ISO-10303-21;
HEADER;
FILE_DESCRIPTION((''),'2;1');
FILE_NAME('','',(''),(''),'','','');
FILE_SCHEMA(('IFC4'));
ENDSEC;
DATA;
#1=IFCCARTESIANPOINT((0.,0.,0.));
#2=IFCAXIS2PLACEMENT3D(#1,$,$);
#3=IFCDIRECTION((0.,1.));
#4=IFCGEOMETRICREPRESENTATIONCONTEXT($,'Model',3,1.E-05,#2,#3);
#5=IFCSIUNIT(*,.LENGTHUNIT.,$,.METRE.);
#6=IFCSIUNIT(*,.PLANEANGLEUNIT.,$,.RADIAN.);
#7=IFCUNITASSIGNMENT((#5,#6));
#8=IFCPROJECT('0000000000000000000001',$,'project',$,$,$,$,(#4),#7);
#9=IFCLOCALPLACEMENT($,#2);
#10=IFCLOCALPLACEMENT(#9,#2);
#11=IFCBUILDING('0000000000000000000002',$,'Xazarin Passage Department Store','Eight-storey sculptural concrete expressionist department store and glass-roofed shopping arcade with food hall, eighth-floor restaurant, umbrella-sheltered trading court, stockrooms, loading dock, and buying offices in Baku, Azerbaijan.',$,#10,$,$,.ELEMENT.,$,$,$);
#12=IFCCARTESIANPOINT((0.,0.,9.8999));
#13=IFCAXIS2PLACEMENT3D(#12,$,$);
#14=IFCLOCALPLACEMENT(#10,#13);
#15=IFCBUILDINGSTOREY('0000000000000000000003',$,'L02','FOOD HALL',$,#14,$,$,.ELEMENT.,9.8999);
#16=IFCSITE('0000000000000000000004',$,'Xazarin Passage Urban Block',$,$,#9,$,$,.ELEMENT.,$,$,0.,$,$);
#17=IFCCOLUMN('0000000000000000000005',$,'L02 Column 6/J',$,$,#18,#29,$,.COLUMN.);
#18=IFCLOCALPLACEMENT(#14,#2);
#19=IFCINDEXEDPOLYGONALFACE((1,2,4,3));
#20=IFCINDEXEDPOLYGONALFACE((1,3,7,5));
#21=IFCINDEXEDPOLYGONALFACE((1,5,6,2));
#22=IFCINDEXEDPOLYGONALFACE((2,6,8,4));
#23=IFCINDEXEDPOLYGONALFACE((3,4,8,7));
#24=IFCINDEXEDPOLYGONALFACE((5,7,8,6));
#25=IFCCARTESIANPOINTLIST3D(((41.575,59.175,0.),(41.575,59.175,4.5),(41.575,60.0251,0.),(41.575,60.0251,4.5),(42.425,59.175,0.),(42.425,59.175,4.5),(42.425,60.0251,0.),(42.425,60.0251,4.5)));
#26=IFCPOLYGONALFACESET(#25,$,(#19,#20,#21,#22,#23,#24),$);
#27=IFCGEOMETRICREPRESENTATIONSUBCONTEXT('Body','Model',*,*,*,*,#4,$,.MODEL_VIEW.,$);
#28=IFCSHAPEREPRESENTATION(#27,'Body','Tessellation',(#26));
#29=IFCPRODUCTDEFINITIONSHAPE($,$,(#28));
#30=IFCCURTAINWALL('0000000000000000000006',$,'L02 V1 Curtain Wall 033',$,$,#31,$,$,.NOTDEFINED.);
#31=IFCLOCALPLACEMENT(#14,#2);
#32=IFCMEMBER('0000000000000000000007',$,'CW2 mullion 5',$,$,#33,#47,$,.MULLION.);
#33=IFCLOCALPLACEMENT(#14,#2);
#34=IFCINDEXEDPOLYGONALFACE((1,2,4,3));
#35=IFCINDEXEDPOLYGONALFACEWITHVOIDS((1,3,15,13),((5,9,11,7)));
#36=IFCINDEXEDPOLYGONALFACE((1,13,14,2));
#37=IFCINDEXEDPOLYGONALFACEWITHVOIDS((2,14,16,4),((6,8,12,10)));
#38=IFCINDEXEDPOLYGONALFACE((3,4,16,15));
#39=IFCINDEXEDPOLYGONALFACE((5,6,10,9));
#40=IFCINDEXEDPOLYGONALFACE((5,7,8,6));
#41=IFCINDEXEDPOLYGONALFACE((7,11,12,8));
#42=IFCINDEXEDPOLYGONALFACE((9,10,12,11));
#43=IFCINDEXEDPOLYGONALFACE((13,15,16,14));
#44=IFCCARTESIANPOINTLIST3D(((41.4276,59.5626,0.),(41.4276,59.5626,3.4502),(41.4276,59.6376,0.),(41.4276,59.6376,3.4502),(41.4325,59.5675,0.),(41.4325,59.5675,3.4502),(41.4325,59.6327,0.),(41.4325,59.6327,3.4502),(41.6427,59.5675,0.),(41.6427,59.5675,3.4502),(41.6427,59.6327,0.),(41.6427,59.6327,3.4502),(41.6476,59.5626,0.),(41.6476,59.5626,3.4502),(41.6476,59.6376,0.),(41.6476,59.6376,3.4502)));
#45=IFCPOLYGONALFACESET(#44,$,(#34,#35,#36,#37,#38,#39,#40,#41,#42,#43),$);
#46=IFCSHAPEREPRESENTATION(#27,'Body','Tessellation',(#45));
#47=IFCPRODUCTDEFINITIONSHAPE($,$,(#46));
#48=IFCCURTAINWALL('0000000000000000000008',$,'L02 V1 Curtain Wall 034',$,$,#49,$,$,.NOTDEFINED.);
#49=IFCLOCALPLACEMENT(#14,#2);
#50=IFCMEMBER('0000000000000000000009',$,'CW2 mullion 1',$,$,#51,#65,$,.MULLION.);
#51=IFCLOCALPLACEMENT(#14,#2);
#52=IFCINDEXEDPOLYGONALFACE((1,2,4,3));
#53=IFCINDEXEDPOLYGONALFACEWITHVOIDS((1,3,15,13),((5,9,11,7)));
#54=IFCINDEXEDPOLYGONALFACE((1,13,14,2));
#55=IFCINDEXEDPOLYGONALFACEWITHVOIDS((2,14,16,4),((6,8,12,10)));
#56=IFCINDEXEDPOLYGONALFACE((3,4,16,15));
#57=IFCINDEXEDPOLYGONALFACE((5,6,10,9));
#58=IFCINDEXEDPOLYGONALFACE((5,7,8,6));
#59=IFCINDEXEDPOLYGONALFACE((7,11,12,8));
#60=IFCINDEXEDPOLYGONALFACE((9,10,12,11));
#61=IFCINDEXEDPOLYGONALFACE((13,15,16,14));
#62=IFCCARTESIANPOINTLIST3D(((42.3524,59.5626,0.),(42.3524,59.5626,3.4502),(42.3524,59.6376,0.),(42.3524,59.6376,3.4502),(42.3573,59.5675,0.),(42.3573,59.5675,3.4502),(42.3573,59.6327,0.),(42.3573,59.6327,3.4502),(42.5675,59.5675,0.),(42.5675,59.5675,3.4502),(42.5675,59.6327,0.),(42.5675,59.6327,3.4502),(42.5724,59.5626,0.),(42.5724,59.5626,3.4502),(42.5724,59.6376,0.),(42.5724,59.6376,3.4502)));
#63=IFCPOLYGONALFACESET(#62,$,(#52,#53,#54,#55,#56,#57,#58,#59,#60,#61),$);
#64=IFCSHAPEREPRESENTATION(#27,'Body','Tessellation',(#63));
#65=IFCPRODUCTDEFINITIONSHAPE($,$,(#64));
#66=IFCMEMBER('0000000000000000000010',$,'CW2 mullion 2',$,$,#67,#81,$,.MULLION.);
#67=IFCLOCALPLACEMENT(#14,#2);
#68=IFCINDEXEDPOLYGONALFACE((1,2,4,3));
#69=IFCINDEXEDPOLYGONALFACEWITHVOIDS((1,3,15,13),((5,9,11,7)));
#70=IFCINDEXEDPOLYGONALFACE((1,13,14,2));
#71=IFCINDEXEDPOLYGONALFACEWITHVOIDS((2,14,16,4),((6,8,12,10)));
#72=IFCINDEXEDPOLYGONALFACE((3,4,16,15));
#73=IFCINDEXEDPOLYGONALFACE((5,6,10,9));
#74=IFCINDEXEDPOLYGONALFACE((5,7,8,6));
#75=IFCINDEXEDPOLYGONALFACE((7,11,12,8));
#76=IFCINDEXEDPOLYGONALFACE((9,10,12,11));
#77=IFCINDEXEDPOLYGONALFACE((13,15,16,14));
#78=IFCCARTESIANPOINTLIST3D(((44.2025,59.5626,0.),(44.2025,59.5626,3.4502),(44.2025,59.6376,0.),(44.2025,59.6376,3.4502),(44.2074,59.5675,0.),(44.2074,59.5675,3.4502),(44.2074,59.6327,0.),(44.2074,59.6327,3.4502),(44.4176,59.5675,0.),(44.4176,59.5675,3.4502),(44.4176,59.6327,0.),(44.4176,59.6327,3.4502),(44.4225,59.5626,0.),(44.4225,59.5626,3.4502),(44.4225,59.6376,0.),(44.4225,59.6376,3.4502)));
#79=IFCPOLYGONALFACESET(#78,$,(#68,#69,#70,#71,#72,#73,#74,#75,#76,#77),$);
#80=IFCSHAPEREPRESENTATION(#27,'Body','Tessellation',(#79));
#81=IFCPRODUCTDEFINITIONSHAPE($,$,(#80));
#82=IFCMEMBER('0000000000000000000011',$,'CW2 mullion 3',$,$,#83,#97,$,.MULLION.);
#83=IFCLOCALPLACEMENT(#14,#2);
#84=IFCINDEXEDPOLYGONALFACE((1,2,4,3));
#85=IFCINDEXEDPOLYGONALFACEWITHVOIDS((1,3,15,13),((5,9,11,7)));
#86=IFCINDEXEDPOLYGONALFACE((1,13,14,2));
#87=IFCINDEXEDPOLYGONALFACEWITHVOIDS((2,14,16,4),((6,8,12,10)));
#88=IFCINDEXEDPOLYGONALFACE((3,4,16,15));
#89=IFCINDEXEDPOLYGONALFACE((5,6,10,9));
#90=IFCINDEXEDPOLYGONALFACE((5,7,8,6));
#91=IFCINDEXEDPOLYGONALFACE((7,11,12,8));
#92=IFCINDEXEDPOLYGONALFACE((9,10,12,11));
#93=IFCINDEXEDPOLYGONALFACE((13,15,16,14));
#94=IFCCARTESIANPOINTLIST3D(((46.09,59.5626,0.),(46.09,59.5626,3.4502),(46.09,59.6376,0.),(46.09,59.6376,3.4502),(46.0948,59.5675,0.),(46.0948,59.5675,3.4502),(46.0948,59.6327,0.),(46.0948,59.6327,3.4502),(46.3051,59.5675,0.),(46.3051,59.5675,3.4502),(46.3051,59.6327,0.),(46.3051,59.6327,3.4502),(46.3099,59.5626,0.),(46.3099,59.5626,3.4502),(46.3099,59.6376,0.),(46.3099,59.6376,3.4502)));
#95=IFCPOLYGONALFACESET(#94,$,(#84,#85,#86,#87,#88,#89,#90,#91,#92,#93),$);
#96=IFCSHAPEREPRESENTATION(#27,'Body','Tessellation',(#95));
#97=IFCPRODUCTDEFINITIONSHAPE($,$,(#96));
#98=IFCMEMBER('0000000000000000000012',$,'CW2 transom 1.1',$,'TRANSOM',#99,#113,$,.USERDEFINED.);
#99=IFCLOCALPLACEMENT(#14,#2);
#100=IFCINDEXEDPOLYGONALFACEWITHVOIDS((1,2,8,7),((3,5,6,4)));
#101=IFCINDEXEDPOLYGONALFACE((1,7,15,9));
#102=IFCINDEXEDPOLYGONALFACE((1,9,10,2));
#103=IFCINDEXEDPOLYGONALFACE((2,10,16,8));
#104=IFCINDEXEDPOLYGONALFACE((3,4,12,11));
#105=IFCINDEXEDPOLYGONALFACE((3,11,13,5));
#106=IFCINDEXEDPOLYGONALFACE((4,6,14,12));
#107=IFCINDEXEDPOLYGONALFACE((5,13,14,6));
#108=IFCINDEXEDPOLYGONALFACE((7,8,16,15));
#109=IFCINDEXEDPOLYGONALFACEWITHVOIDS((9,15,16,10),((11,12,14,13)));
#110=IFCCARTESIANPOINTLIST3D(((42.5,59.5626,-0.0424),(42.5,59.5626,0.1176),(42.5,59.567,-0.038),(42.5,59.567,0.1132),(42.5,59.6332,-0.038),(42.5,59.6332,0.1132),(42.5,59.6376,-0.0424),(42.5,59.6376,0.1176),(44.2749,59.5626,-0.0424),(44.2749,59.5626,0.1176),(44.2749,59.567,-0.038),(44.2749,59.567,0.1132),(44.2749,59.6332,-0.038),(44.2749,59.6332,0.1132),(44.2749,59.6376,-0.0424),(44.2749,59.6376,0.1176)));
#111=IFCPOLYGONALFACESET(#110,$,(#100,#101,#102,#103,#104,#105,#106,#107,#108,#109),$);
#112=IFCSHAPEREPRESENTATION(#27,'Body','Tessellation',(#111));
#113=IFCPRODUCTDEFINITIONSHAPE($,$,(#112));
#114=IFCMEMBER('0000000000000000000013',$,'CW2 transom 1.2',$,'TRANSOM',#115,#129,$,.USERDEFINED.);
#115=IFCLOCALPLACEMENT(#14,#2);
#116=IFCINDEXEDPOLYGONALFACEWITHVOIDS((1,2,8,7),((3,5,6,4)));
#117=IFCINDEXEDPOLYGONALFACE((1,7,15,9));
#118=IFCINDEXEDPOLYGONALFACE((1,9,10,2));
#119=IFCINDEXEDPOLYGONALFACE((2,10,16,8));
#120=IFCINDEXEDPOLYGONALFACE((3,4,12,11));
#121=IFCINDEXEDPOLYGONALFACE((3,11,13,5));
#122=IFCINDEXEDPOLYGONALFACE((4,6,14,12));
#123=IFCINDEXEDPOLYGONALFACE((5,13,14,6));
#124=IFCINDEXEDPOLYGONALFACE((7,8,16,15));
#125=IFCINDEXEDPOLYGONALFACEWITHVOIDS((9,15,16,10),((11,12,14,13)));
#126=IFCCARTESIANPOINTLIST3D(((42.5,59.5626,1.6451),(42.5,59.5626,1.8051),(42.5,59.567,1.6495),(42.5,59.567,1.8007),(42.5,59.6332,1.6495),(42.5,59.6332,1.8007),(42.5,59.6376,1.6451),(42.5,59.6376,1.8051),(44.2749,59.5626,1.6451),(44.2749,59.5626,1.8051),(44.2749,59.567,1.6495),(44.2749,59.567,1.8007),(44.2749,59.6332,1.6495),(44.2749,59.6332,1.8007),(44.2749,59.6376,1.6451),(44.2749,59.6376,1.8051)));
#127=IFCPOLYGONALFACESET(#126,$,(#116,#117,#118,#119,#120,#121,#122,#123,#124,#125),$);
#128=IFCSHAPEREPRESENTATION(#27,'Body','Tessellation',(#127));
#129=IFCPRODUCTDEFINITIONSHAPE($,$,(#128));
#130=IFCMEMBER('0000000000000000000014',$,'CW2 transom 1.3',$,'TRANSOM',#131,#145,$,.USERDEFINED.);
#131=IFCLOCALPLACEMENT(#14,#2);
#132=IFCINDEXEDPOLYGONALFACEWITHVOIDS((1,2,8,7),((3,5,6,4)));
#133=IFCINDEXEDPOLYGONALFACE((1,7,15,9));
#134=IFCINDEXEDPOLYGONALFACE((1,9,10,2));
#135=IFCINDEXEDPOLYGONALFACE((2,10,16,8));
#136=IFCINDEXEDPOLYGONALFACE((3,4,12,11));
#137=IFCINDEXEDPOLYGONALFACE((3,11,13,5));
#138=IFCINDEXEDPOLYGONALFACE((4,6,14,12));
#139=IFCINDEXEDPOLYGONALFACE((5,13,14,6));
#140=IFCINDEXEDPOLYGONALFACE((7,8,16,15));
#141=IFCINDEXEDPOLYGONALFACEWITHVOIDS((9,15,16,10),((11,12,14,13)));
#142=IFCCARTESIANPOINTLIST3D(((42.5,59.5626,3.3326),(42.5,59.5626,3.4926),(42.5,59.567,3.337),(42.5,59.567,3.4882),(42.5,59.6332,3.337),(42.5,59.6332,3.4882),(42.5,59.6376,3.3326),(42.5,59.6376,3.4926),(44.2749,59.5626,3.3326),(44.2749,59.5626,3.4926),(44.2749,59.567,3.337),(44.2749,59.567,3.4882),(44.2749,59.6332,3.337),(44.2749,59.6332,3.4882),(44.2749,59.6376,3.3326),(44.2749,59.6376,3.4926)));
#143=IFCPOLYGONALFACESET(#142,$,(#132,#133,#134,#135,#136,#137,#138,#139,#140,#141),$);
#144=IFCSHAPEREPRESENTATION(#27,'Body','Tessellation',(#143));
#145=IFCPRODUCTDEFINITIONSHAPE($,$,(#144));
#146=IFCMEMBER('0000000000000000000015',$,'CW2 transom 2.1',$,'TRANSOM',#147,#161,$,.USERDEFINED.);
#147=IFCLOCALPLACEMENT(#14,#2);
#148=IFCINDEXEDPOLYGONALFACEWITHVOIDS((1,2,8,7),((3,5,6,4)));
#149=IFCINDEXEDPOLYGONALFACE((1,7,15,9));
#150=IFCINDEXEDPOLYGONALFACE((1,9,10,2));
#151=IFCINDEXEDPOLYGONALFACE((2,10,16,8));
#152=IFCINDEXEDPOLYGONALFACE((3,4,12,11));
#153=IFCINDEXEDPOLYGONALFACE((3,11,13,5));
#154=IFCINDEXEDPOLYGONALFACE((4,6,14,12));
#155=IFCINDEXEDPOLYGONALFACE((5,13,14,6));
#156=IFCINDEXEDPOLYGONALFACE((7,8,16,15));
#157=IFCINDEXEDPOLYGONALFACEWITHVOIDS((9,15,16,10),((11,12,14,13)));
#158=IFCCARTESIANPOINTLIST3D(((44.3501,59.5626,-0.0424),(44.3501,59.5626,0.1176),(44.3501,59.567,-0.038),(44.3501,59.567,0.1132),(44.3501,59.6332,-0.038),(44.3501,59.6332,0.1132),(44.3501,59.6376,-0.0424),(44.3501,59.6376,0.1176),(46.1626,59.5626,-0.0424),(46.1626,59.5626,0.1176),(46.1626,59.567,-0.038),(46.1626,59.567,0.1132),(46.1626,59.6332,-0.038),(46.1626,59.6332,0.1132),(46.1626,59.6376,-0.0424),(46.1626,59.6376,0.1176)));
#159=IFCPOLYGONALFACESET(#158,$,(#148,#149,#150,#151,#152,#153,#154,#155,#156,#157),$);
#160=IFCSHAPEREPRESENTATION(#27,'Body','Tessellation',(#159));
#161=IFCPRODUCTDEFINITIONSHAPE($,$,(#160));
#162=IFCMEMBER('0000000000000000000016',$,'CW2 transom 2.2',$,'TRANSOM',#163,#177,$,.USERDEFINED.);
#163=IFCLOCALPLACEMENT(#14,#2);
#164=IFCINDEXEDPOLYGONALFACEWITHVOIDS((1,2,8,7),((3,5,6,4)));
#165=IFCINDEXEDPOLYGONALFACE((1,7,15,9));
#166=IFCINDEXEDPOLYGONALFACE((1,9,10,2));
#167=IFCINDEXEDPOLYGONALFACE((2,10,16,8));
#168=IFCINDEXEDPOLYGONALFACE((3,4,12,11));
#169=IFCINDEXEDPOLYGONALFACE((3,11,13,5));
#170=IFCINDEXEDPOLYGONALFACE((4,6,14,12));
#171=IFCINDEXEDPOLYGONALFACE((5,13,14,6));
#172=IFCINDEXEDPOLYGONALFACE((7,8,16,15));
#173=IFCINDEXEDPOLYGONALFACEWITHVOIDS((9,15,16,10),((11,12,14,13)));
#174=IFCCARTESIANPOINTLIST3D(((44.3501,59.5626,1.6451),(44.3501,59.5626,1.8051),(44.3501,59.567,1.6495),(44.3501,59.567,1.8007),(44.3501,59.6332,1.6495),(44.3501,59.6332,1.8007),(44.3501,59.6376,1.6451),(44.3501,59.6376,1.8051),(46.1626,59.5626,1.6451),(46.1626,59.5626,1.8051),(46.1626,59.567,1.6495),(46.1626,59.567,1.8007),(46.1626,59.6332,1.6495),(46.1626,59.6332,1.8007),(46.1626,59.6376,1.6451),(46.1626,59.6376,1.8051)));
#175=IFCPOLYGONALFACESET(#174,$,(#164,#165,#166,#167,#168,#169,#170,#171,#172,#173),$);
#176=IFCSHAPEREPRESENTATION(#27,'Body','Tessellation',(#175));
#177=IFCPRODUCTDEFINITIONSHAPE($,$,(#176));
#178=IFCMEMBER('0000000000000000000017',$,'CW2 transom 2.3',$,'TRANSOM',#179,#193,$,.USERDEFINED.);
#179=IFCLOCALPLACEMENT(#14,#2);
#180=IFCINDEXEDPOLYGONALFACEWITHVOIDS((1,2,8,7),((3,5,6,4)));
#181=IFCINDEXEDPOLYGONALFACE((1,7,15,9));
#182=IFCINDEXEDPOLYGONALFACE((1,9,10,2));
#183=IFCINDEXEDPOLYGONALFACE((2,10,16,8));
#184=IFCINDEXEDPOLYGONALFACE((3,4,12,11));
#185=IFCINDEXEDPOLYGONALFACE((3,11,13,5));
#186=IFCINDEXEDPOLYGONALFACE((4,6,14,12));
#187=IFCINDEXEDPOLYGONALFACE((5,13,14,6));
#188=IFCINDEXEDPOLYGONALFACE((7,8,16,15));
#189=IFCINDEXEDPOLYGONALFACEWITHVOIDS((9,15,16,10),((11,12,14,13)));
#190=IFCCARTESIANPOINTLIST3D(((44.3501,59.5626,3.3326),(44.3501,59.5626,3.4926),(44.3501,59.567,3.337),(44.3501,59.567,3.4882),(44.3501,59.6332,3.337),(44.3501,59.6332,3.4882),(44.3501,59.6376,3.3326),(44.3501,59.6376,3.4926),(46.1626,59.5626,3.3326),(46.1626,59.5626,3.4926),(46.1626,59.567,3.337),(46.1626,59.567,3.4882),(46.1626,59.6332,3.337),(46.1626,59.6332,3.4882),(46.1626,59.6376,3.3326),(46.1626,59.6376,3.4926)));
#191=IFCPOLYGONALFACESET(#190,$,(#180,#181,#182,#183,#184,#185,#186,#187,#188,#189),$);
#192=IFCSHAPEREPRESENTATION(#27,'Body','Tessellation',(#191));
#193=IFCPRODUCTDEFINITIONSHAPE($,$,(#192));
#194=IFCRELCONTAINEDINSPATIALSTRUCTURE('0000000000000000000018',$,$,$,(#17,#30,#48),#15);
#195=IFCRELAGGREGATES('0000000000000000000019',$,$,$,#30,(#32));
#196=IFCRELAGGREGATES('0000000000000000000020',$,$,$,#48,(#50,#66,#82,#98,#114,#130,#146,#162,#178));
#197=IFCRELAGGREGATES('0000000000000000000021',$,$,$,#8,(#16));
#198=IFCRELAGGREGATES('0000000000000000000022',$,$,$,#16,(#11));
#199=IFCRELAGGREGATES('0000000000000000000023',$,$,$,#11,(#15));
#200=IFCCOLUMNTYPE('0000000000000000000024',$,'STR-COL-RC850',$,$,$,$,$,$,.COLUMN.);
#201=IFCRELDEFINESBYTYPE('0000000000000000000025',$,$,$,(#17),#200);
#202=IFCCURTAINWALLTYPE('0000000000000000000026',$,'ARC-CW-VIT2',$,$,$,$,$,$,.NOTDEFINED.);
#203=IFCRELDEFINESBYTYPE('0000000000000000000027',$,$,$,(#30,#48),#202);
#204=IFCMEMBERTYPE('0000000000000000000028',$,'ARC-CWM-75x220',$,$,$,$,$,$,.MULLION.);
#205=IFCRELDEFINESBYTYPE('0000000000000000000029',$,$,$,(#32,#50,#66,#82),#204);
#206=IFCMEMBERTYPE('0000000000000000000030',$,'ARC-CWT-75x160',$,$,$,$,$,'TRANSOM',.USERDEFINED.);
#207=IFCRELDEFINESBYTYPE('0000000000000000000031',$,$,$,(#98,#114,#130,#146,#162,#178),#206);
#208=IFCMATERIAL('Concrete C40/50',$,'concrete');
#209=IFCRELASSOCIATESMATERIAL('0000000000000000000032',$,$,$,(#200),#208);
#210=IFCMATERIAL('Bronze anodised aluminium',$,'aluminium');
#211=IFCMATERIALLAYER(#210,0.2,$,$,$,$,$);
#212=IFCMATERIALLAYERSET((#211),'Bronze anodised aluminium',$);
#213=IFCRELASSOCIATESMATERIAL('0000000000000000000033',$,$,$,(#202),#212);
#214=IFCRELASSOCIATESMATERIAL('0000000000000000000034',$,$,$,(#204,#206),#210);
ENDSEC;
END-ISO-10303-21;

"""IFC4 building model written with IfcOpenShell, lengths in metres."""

from ifc_helpers import new_model, si_unit, direction, frame, origin, origin_2d, place, context, subcontext, project, spatial, rectangle, hollow_rectangle, extrude, material, layer, layer_set, material_profile, profile_set, type_object, element, aggregate, save


model = new_model("IFC4")

# Units and contexts
model_context = context("Model", 3, precision=1e-05, world=origin(), true_north=direction((0.0, 1.0)))
body_context = subcontext(model_context, "Body", "Model", "MODEL_VIEW")
ifc_project = project(units=[si_unit("LENGTHUNIT", "METRE"), si_unit("PLANEANGLEUNIT", "RADIAN")], contexts=[model_context])

# Site, building, storey
site_placement = place(None, origin())
site = spatial("IfcSite", under=ifc_project, at=site_placement, Name="Xazarin Passage Urban Block", CompositionType="ELEMENT", RefElevation=0.0)
building_placement = place(site_placement, origin())
building = spatial("IfcBuilding", under=site, at=building_placement, Name="Xazarin Passage Department Store", Description="Eight-storey sculptural concrete expressionist department store and glass-roofed shopping arcade with food hall, eighth-floor restaurant, umbrella-sheltered trading court, stockrooms, loading dock, and buying offices in Baku, Azerbaijan.", CompositionType="ELEMENT")
storey_placement = place(building_placement, frame((0.0, 0.0, 9.8999)))
storey = spatial("IfcBuildingStorey", under=building, at=storey_placement, Name="L02", Description="FOOD HALL", CompositionType="ELEMENT", Elevation=9.8999)

# Column
ifc_material_1 = material(Name="Concrete C40/50", Category="concrete")
ifc_material_profile_1 = material_profile(ifc_material_1, rectangle(XDim=0.8501, YDim=0.8501, at=origin_2d()), Name="RC 850x850")
ifc_profile_set_1 = profile_set([ifc_material_profile_1], Name="Concrete C40/50")
column_type = type_object("IfcColumnType", Name="STR-COL-RC850", PredefinedType="COLUMN", material=ifc_profile_set_1)
column_placement = place(storey_placement, frame((42.0, 59.6001, 0.0), z_axis=(0.0, 0.0, 1.0), x_axis=(1.0, 0.0, 0.0)))
element("IfcColumn", 1, at=column_placement, inside=storey, type_object=column_type, Name="L02 Column 6/J", PredefinedType="COLUMN", context=body_context, shape_type="SweptSolid", body=[
    extrude(rectangle(XDim=0.8501, YDim=0.8501, at=origin_2d()), origin(), (0.0, 0.0, 1.0), 4.5),
])

# Curtain wall, member
ifc_material_2 = material(Name="Bronze anodised aluminium", Category="aluminium")
ifc_layer_1 = layer(ifc_material_2, 0.2)
ifc_layer_set_1 = layer_set([ifc_layer_1], Name="Bronze anodised aluminium")
curtain_wall_type = type_object("IfcCurtainWallType", Name="ARC-CW-VIT2", PredefinedType="NOTDEFINED", material=ifc_layer_set_1)
curtain_wall_1_placement = place(storey_placement, origin())
curtain_wall_1 = element("IfcCurtainWall", 2, at=curtain_wall_1_placement, inside=storey, type_object=curtain_wall_type, Name="L02 V1 Curtain Wall 033", PredefinedType="NOTDEFINED")
ifc_material_profile_2 = material_profile(ifc_material_2, hollow_rectangle(XDim=0.075, YDim=0.22, WallThickness=0.0049, at=origin_2d()), Name="ALU 75x220")
ifc_profile_set_2 = profile_set([ifc_material_profile_2], Name="Bronze anodised aluminium")
member_type_1 = type_object("IfcMemberType", Name="ARC-CWM-75x220", PredefinedType="MULLION", material=ifc_profile_set_2)
member_1_placement = place(storey_placement, frame((41.5376, 59.6001, 0.0), z_axis=(0.0, 0.0, 1.0), x_axis=(0.0, 1.0, 0.0)))
member_1 = element("IfcMember", 3, at=member_1_placement, type_object=member_type_1, Name="CW2 mullion 5", PredefinedType="MULLION", context=body_context, shape_type="SweptSolid", body=[
    extrude(hollow_rectangle(XDim=0.075, YDim=0.22, WallThickness=0.0049, at=origin_2d()), origin(), (0.0, 0.0, 1.0), 3.4502),
])

# Curtain wall, members
curtain_wall_2_placement = place(storey_placement, origin())
curtain_wall_2 = element("IfcCurtainWall", 4, at=curtain_wall_2_placement, inside=storey, type_object=curtain_wall_type, Name="L02 V1 Curtain Wall 034", PredefinedType="NOTDEFINED")
member_2_placement = place(storey_placement, frame((42.4624, 59.6001, 0.0), z_axis=(0.0, 0.0, 1.0), x_axis=(0.0, 1.0, 0.0)))
member_2 = element("IfcMember", 5, at=member_2_placement, type_object=member_type_1, Name="CW2 mullion 1", PredefinedType="MULLION", context=body_context, shape_type="SweptSolid", body=[
    extrude(hollow_rectangle(XDim=0.075, YDim=0.22, WallThickness=0.0049, at=origin_2d()), origin(), (0.0, 0.0, 1.0), 3.4502),
])
member_3_placement = place(storey_placement, frame((44.3125, 59.6001, 0.0), z_axis=(0.0, 0.0, 1.0), x_axis=(0.0, 1.0, 0.0)))
member_3 = element("IfcMember", 6, at=member_3_placement, type_object=member_type_1, Name="CW2 mullion 2", PredefinedType="MULLION", context=body_context, shape_type="SweptSolid", body=[
    extrude(hollow_rectangle(XDim=0.075, YDim=0.22, WallThickness=0.0049, at=origin_2d()), origin(), (0.0, 0.0, 1.0), 3.4502),
])
member_4_placement = place(storey_placement, frame((46.2, 59.6001, 0.0), z_axis=(0.0, 0.0, 1.0), x_axis=(0.0, 1.0, 0.0)))
member_4 = element("IfcMember", 7, at=member_4_placement, type_object=member_type_1, Name="CW2 mullion 3", PredefinedType="MULLION", context=body_context, shape_type="SweptSolid", body=[
    extrude(hollow_rectangle(XDim=0.075, YDim=0.22, WallThickness=0.0049, at=origin_2d()), origin(), (0.0, 0.0, 1.0), 3.4502),
])
ifc_material_profile_3 = material_profile(ifc_material_2, hollow_rectangle(XDim=0.075, YDim=0.1599, WallThickness=0.0044, at=origin_2d()), Name="ALU 75x160")
ifc_profile_set_3 = profile_set([ifc_material_profile_3], Name="Bronze anodised aluminium")
member_type_2 = type_object("IfcMemberType", Name="ARC-CWT-75x160", ElementType="TRANSOM", PredefinedType="USERDEFINED", material=ifc_profile_set_3)
member_5_placement = place(storey_placement, frame((42.5, 59.6001, 0.0376), z_axis=(1.0, 0.0, 0.0), x_axis=(0.0, 1.0, 0.0)))
member_5 = element("IfcMember", 8, at=member_5_placement, type_object=member_type_2, Name="CW2 transom 1.1", ObjectType="TRANSOM", PredefinedType="USERDEFINED", context=body_context, shape_type="SweptSolid", body=[
    extrude(hollow_rectangle(XDim=0.075, YDim=0.1599, WallThickness=0.0044, at=origin_2d()), origin(), (0.0, 0.0, 1.0), 1.7749),
])
member_6_placement = place(storey_placement, frame((42.5, 59.6001, 1.7251), z_axis=(1.0, 0.0, 0.0), x_axis=(0.0, 1.0, 0.0)))
member_6 = element("IfcMember", 9, at=member_6_placement, type_object=member_type_2, Name="CW2 transom 1.2", ObjectType="TRANSOM", PredefinedType="USERDEFINED", context=body_context, shape_type="SweptSolid", body=[
    extrude(hollow_rectangle(XDim=0.075, YDim=0.1599, WallThickness=0.0044, at=origin_2d()), origin(), (0.0, 0.0, 1.0), 1.7749),
])
member_7_placement = place(storey_placement, frame((42.5, 59.6001, 3.4126), z_axis=(1.0, 0.0, 0.0), x_axis=(0.0, 1.0, 0.0)))
member_7 = element("IfcMember", 10, at=member_7_placement, type_object=member_type_2, Name="CW2 transom 1.3", ObjectType="TRANSOM", PredefinedType="USERDEFINED", context=body_context, shape_type="SweptSolid", body=[
    extrude(hollow_rectangle(XDim=0.075, YDim=0.1599, WallThickness=0.0044, at=origin_2d()), origin(), (0.0, 0.0, 1.0), 1.7749),
])
member_8_placement = place(storey_placement, frame((44.3501, 59.6001, 0.0376), z_axis=(1.0, 0.0, 0.0), x_axis=(0.0, 1.0, 0.0)))
member_8 = element("IfcMember", 11, at=member_8_placement, type_object=member_type_2, Name="CW2 transom 2.1", ObjectType="TRANSOM", PredefinedType="USERDEFINED", context=body_context, shape_type="SweptSolid", body=[
    extrude(hollow_rectangle(XDim=0.075, YDim=0.1599, WallThickness=0.0044, at=origin_2d()), origin(), (0.0, 0.0, 1.0), 1.8125),
])
member_9_placement = place(storey_placement, frame((44.3501, 59.6001, 1.7251), z_axis=(1.0, 0.0, 0.0), x_axis=(0.0, 1.0, 0.0)))
member_9 = element("IfcMember", 12, at=member_9_placement, type_object=member_type_2, Name="CW2 transom 2.2", ObjectType="TRANSOM", PredefinedType="USERDEFINED", context=body_context, shape_type="SweptSolid", body=[
    extrude(hollow_rectangle(XDim=0.075, YDim=0.1599, WallThickness=0.0044, at=origin_2d()), origin(), (0.0, 0.0, 1.0), 1.8125),
])
member_10_placement = place(storey_placement, frame((44.3501, 59.6001, 3.4126), z_axis=(1.0, 0.0, 0.0), x_axis=(0.0, 1.0, 0.0)))
member_10 = element("IfcMember", 13, at=member_10_placement, type_object=member_type_2, Name="CW2 transom 2.3", ObjectType="TRANSOM", PredefinedType="USERDEFINED", context=body_context, shape_type="SweptSolid", body=[
    extrude(hollow_rectangle(XDim=0.075, YDim=0.1599, WallThickness=0.0044, at=origin_2d()), origin(), (0.0, 0.0, 1.0), 1.8125),
])

aggregate(curtain_wall_1, [member_1])
aggregate(curtain_wall_2, [member_2, member_3, member_4, member_5, member_6, member_7, member_8, member_9, member_10])

save(model, "model.ifc")
